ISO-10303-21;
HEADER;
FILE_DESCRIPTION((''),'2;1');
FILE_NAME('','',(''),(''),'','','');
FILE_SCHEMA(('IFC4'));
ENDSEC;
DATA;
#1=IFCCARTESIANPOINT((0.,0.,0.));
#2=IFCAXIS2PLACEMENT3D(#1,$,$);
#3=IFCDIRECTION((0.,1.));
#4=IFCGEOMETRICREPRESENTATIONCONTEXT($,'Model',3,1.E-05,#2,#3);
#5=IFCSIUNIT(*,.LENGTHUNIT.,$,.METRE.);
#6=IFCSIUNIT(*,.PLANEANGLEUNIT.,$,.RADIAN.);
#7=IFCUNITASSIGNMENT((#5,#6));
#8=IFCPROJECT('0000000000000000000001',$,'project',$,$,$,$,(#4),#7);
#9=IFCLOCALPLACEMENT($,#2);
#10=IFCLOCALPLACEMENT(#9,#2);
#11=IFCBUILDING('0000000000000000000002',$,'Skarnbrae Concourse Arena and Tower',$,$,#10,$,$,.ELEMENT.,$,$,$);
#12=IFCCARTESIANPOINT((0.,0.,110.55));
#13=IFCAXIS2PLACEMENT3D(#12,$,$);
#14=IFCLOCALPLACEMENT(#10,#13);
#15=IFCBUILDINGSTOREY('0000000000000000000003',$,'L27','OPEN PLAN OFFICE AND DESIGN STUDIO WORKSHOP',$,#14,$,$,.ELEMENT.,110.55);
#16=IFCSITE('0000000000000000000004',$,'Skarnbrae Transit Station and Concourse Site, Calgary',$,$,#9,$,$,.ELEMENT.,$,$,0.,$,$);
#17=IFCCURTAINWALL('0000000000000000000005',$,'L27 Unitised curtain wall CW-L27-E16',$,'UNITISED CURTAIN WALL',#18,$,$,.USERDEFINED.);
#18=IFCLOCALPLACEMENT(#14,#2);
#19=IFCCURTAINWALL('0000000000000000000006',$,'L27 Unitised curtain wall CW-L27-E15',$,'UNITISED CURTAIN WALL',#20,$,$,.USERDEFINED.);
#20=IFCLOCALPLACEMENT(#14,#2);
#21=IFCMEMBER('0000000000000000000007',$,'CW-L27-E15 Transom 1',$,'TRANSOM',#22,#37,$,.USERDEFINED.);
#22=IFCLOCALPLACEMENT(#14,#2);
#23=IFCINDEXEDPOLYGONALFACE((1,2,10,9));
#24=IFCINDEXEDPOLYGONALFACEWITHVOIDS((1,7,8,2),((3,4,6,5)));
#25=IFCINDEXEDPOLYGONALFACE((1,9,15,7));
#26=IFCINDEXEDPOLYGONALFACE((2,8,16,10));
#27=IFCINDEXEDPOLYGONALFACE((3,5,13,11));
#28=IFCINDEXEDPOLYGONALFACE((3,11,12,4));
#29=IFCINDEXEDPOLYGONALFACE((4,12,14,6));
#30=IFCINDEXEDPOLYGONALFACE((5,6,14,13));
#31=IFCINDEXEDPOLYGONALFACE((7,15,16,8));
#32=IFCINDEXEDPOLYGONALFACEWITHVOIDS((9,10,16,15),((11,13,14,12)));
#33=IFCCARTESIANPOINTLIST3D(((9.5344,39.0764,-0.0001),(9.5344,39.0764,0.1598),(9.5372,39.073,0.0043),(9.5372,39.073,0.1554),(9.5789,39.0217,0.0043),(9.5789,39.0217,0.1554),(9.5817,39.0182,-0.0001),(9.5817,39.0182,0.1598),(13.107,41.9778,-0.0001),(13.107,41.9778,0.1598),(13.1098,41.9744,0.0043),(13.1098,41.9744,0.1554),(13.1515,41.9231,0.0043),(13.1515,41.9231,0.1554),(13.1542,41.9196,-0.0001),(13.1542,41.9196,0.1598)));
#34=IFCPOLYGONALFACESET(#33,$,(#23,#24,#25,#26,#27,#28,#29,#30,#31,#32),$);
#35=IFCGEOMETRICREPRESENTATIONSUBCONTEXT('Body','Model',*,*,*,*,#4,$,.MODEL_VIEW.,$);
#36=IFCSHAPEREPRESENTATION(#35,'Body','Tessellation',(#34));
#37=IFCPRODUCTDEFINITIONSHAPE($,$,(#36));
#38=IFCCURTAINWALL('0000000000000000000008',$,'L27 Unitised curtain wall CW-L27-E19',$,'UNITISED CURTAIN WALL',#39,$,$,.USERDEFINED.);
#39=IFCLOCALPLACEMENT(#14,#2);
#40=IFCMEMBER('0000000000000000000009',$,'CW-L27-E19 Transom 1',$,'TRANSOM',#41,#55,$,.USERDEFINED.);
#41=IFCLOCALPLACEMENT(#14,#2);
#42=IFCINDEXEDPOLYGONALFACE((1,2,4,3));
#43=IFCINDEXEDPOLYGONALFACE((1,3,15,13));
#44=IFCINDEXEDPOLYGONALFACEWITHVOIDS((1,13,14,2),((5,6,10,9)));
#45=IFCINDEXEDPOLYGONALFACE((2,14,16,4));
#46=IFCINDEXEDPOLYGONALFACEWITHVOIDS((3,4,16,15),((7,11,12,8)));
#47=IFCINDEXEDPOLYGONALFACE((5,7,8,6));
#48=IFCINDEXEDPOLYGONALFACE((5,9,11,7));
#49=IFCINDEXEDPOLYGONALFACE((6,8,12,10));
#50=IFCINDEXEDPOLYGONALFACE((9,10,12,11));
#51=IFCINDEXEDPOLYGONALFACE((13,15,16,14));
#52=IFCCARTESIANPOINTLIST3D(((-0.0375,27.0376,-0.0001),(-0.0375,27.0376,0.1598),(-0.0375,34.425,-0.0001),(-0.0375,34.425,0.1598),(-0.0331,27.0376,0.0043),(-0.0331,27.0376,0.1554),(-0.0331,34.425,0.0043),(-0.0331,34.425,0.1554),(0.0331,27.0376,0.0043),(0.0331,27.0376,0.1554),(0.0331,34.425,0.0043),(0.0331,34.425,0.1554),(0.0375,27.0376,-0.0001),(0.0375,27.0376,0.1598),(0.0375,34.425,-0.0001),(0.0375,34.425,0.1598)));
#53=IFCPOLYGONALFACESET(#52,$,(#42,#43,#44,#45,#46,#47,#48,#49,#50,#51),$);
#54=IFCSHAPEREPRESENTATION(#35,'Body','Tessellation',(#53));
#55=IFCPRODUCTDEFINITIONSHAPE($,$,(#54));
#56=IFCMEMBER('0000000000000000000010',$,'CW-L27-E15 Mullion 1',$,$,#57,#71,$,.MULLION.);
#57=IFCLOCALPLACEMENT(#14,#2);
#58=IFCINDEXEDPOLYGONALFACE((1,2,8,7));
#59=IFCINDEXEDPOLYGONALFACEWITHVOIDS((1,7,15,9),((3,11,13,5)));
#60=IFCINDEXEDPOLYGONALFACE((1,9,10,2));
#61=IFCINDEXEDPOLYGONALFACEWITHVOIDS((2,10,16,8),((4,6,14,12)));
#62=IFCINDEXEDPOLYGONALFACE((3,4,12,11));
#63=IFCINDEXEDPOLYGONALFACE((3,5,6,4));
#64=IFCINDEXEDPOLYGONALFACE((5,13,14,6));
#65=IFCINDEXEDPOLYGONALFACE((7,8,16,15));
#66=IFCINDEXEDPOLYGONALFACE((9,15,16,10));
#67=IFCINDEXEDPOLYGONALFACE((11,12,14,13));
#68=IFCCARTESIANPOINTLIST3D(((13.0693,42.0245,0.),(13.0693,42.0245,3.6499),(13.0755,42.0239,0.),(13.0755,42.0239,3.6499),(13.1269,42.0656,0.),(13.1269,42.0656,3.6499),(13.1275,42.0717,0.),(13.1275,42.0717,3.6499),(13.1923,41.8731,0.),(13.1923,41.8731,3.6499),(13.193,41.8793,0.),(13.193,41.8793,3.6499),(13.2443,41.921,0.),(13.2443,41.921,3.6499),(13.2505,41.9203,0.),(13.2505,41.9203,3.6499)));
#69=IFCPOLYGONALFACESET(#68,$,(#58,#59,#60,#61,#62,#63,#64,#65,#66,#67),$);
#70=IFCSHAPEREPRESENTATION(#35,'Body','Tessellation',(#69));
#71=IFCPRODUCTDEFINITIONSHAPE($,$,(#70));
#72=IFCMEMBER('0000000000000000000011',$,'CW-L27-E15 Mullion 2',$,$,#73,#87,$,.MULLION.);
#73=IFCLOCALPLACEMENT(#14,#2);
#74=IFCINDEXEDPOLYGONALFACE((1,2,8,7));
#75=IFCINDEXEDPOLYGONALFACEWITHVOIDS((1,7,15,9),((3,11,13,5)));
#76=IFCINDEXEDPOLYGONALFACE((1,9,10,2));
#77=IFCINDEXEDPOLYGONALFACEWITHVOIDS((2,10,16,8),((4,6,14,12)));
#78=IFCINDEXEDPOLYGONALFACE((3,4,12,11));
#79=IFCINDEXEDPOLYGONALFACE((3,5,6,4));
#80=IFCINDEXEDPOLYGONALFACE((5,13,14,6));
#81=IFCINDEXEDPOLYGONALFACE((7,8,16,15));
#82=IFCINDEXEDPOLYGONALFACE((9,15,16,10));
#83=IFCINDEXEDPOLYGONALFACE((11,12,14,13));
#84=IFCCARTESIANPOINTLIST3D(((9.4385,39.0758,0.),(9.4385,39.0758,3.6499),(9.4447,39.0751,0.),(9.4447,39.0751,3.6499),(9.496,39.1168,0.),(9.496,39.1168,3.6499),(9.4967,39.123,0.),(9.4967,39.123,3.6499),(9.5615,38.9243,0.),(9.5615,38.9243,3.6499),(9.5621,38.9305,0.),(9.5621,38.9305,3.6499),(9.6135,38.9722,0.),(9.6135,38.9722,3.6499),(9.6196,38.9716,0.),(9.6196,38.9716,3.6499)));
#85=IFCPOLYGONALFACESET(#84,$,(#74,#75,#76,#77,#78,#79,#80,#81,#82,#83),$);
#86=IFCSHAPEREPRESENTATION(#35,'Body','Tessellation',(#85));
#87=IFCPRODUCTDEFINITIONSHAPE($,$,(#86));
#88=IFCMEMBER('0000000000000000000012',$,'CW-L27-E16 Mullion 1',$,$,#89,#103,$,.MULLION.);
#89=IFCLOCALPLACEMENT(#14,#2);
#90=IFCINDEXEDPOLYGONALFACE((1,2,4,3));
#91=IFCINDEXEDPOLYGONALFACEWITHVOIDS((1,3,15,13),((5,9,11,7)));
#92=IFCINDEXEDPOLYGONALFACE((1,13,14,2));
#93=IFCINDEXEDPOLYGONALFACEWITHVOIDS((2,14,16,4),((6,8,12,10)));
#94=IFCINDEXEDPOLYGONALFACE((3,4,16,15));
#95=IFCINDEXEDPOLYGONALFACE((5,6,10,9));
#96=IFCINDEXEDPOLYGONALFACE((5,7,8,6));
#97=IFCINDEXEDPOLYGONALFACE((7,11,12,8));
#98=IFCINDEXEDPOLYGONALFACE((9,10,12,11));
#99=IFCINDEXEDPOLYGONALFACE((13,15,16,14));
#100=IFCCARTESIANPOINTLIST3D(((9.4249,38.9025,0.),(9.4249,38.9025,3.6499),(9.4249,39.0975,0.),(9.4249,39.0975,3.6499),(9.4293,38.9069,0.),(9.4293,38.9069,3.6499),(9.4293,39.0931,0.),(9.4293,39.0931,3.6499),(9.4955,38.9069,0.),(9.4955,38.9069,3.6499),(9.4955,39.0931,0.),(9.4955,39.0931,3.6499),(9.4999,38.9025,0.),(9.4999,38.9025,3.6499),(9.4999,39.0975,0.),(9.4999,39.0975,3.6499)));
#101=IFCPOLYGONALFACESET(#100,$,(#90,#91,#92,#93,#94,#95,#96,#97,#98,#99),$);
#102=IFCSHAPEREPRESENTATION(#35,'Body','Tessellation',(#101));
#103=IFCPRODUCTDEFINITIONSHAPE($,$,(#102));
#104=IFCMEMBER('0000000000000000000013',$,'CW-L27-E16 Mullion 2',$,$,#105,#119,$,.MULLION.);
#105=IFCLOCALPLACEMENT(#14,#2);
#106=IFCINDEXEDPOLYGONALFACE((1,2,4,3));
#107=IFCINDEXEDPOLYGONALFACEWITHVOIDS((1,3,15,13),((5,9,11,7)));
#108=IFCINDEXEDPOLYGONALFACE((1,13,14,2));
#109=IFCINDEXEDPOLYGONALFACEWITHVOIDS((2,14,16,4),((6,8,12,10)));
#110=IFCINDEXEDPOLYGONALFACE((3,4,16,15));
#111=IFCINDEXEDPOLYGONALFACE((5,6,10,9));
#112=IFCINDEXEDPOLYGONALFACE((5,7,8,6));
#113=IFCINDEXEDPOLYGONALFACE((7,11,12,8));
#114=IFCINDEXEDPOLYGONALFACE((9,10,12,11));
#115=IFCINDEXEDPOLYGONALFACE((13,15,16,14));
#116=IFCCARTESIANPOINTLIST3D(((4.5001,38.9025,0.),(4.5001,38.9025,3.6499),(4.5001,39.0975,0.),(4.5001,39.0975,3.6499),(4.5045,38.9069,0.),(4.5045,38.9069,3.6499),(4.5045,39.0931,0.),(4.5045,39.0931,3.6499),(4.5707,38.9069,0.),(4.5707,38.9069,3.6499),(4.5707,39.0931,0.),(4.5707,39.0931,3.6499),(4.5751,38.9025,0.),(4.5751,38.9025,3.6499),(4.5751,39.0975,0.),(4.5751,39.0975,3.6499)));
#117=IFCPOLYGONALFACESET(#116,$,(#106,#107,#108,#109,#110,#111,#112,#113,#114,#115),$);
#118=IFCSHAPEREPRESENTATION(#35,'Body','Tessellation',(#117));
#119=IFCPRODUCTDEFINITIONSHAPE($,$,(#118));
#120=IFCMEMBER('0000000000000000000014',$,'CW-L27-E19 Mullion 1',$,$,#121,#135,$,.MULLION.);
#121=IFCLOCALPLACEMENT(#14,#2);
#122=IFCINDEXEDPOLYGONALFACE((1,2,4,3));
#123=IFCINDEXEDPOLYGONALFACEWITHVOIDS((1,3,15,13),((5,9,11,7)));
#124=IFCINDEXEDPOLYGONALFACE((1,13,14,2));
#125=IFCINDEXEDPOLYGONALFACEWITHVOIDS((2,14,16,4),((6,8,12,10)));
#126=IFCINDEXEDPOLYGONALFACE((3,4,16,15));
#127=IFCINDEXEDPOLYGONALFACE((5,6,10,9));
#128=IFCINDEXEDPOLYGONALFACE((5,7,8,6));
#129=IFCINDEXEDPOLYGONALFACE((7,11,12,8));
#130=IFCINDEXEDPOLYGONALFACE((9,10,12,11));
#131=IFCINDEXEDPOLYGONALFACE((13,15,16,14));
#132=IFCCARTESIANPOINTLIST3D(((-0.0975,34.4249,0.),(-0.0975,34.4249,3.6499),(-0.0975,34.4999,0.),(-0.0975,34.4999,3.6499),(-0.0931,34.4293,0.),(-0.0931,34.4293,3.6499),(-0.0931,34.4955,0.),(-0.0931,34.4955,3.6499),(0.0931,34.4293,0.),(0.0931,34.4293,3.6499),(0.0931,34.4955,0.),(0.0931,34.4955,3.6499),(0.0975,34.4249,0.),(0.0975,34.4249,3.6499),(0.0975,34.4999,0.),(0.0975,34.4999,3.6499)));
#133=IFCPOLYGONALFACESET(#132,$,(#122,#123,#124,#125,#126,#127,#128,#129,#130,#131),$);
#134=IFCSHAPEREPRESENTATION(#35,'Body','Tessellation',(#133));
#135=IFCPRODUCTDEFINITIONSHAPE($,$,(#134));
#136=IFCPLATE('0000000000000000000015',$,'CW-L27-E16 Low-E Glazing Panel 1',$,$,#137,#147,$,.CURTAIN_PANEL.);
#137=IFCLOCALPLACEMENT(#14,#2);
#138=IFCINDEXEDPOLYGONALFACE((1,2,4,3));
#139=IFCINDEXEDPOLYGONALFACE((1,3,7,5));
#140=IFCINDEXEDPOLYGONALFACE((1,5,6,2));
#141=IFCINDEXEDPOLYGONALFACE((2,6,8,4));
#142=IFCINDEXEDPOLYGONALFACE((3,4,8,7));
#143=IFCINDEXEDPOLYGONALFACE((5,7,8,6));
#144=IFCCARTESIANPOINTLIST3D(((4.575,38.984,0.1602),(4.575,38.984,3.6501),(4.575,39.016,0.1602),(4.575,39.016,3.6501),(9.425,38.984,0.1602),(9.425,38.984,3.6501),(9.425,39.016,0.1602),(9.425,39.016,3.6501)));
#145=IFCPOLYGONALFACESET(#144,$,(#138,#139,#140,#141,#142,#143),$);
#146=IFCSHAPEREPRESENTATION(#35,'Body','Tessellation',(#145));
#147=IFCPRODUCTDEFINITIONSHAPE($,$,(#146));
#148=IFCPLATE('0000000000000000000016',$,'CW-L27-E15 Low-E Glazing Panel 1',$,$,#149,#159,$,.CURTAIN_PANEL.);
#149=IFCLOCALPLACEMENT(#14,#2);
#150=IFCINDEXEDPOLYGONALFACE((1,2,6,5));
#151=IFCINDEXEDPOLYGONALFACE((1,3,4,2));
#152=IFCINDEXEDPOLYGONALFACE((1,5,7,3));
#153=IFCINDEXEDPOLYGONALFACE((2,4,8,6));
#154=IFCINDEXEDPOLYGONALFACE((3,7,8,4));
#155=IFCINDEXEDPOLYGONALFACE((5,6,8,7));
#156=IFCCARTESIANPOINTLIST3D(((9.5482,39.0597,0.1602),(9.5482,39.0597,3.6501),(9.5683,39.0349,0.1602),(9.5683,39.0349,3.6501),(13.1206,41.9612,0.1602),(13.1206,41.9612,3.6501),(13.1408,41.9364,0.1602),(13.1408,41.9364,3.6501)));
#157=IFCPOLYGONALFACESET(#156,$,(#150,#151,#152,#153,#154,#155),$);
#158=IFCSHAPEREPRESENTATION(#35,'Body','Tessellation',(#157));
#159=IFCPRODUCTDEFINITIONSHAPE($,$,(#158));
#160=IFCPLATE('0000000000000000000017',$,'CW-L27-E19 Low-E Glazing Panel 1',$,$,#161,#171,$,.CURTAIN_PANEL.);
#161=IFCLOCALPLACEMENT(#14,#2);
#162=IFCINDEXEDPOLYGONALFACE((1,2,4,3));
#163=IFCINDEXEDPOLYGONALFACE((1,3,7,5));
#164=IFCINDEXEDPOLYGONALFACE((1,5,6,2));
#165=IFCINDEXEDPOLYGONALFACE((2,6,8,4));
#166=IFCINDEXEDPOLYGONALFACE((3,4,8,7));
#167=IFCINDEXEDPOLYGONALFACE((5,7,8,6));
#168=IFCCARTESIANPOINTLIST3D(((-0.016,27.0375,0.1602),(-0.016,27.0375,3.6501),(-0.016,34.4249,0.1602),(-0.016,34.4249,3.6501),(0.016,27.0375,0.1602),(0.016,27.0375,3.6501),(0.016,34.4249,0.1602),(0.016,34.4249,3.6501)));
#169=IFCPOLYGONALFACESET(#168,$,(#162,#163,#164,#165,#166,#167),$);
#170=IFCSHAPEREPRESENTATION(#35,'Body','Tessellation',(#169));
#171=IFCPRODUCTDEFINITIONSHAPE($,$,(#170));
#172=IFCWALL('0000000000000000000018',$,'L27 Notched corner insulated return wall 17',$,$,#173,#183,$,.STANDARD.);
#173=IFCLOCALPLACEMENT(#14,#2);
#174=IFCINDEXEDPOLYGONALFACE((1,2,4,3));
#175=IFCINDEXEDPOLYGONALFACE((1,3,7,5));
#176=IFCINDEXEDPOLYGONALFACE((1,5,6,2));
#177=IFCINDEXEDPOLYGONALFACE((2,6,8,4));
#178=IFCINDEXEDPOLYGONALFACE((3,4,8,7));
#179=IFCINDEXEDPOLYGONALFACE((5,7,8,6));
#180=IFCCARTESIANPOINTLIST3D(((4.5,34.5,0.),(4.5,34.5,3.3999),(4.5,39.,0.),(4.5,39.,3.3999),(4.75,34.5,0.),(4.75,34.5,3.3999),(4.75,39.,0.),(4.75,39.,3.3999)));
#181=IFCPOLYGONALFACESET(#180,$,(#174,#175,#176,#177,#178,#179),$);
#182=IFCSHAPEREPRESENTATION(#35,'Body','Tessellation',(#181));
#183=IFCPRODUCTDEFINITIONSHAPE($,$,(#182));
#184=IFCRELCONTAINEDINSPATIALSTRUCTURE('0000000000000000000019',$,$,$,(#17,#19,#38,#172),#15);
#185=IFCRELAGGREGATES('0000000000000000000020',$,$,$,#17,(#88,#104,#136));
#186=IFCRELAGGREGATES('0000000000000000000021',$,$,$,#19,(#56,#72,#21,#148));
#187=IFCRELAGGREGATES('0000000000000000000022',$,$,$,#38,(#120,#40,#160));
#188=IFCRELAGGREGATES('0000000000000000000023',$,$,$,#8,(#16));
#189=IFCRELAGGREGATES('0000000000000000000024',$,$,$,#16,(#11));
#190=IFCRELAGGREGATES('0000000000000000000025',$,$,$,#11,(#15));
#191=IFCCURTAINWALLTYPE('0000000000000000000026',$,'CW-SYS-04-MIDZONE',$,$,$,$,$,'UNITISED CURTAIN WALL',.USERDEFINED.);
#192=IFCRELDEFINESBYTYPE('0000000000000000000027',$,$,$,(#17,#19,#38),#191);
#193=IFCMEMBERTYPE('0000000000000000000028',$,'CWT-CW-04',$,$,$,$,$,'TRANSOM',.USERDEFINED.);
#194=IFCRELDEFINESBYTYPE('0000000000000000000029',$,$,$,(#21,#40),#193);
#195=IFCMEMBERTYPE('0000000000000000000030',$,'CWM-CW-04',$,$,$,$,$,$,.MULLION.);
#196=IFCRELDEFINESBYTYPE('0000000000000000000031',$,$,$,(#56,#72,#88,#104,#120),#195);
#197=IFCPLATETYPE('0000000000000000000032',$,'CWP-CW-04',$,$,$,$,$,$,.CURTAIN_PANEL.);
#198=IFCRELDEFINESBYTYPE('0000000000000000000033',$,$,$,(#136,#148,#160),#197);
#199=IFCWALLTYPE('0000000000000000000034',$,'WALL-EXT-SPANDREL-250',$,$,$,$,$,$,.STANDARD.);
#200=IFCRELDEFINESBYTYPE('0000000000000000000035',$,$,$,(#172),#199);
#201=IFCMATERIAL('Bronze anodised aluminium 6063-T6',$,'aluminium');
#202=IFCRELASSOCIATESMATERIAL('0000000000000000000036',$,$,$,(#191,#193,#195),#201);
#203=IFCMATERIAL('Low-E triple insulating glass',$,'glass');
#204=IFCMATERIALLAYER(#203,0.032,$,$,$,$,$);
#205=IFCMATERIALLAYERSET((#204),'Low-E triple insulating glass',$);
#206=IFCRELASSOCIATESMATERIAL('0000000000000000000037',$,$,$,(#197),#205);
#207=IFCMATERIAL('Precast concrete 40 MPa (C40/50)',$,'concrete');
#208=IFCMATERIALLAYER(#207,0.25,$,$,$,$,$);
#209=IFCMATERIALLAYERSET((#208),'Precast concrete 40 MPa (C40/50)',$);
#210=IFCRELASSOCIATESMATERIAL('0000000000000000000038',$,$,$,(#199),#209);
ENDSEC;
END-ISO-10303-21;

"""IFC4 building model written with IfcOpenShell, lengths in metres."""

from ifc_helpers import new_model, si_unit, direction, frame, frame_2d, origin, origin_2d, place, context, subcontext, project, spatial, rectangle, hollow_rectangle, extrude, source, transform, mapped, material, layer, layer_set, material_profile, profile_set, type_object, element, aggregate, save


model = new_model("IFC4")

# Units and contexts
model_context = context("Model", 3, precision=1e-05, world=origin(), true_north=direction((0.0, 1.0)))
body_context = subcontext(model_context, "Body", "Model", "MODEL_VIEW")
ifc_project = project(units=[si_unit("LENGTHUNIT", "METRE"), si_unit("PLANEANGLEUNIT", "RADIAN")], contexts=[model_context])

# Site, building, storey
site_placement = place(None, origin())
site = spatial("IfcSite", under=ifc_project, at=site_placement, Name="Skarnbrae Transit Station and Concourse Site, Calgary", CompositionType="ELEMENT", RefElevation=0.0)
building_placement = place(site_placement, origin())
building = spatial("IfcBuilding", under=site, at=building_placement, Name="Skarnbrae Concourse Arena and Tower", CompositionType="ELEMENT")
storey_placement = place(building_placement, frame((0.0, 0.0, 110.55)))
storey = spatial("IfcBuildingStorey", under=building, at=storey_placement, Name="L27", Description="OPEN PLAN OFFICE AND DESIGN STUDIO WORKSHOP", CompositionType="ELEMENT", Elevation=110.55)

# Curtain walls, members
ifc_material_1 = material(Name="Bronze anodised aluminium 6063-T6", Category="aluminium")
curtain_wall_type_1 = type_object("IfcCurtainWallType", Name="CW-SYS-04-MIDZONE", ElementType="UNITISED CURTAIN WALL", PredefinedType="USERDEFINED", material=ifc_material_1)
curtain_wall_1_placement = place(storey_placement, origin())
curtain_wall_1 = element("IfcCurtainWall", 1, at=curtain_wall_1_placement, inside=storey, type_object=curtain_wall_type_1, Name="L27 Unitised curtain wall CW-L27-E16", ObjectType="UNITISED CURTAIN WALL", PredefinedType="USERDEFINED")
ifc_material_profile_1 = material_profile(ifc_material_1, hollow_rectangle(XDim=0.075, YDim=0.1599, WallThickness=0.0044, at=origin_2d()), Name="ALU-TRAN-75X160")
ifc_profile_set_1 = profile_set([ifc_material_profile_1], Name="Bronze anodised aluminium 6063-T6")
member_type_1 = type_object("IfcMemberType", Name="CWT-CW-04", ElementType="TRANSOM", PredefinedType="USERDEFINED", material=ifc_profile_set_1)
curtain_wall_2_placement = place(storey_placement, origin())
curtain_wall_2 = element("IfcCurtainWall", 2, at=curtain_wall_2_placement, inside=storey, type_object=curtain_wall_type_1, Name="L27 Unitised curtain wall CW-L27-E15", ObjectType="UNITISED CURTAIN WALL", PredefinedType="USERDEFINED")
shared_shape_1 = source(origin(), body_context, "Body", "SweptSolid", [
    extrude(hollow_rectangle(XDim=0.075, YDim=0.1599, WallThickness=0.0044, at=origin_2d()), origin(), (0.0, 0.0, 1.0), 4.6023),
])
member_1_placement = place(storey_placement, frame((13.1306, 41.9487, 0.0798), z_axis=(-0.776252, -0.630423, 0.0), x_axis=(0.630423, -0.776252, 0.0)))
member_1 = element("IfcMember", 3, at=member_1_placement, type_object=member_type_1, Name="CW-L27-E15 Transom 1", ObjectType="TRANSOM", PredefinedType="USERDEFINED", context=body_context, shape_type="MappedRepresentation", body=[
    mapped(shared_shape_1, transform((0.0, 0.0, 0.0))),
])
curtain_wall_3_placement = place(storey_placement, origin())
curtain_wall_3 = element("IfcCurtainWall", 4, at=curtain_wall_3_placement, inside=storey, type_object=curtain_wall_type_1, Name="L27 Unitised curtain wall CW-L27-E19", ObjectType="UNITISED CURTAIN WALL", PredefinedType="USERDEFINED")
shared_shape_2 = source(origin(), body_context, "Body", "SweptSolid", [
    extrude(hollow_rectangle(XDim=0.075, YDim=0.1599, WallThickness=0.0044, at=origin_2d()), origin(), (0.0, 0.0, 1.0), 7.3875),
])
member_2_placement = place(storey_placement, frame((0.0, 34.425, 0.0798), z_axis=(0.0, -1.0, 0.0), x_axis=(1.0, 0.0, 0.0)))
member_2 = element("IfcMember", 5, at=member_2_placement, type_object=member_type_1, Name="CW-L27-E19 Transom 1", ObjectType="TRANSOM", PredefinedType="USERDEFINED", context=body_context, shape_type="MappedRepresentation", body=[
    mapped(shared_shape_2, transform((0.0, 0.0, 0.0))),
])

# Members
ifc_material_profile_2 = material_profile(ifc_material_1, hollow_rectangle(XDim=0.075, YDim=0.1951, WallThickness=0.0044, at=origin_2d()), Name="ALU-MULL-75X195")
ifc_profile_set_2 = profile_set([ifc_material_profile_2], Name="Bronze anodised aluminium 6063-T6")
member_type_2 = type_object("IfcMemberType", Name="CWM-CW-04", PredefinedType="MULLION", material=ifc_profile_set_2)
shared_shape_3 = source(origin(), body_context, "Body", "SweptSolid", [
    extrude(hollow_rectangle(XDim=0.075, YDim=0.1951, WallThickness=0.0044, at=origin_2d()), origin(), (0.0, 0.0, 1.0), 3.6499),
])
member_3_placement = place(storey_placement, frame((13.1599, 41.9724, 0.0), z_axis=(0.0, 0.0, 1.0), x_axis=(-0.776241, -0.630436, 0.0)))
member_3 = element("IfcMember", 6, at=member_3_placement, type_object=member_type_2, Name="CW-L27-E15 Mullion 1", PredefinedType="MULLION", context=body_context, shape_type="MappedRepresentation", body=[
    mapped(shared_shape_3, transform((0.0, 0.0, 0.0))),
])
member_4_placement = place(storey_placement, frame((9.5291, 39.0237, 0.0), z_axis=(0.0, 0.0, 1.0), x_axis=(-0.776241, -0.630436, 0.0)))
member_4 = element("IfcMember", 7, at=member_4_placement, type_object=member_type_2, Name="CW-L27-E15 Mullion 2", PredefinedType="MULLION", context=body_context, shape_type="MappedRepresentation", body=[
    mapped(shared_shape_3, transform((0.0, 0.0, 0.0))),
])
member_5_placement = place(storey_placement, frame((9.4624, 39.0, 0.0), z_axis=(0.0, 0.0, 1.0), x_axis=(-1.0, 0.0, 0.0)))
member_5 = element("IfcMember", 8, at=member_5_placement, type_object=member_type_2, Name="CW-L27-E16 Mullion 1", PredefinedType="MULLION", context=body_context, shape_type="MappedRepresentation", body=[
    mapped(shared_shape_3, transform((0.0, 0.0, 0.0))),
])
member_6_placement = place(storey_placement, frame((4.5376, 39.0, 0.0), z_axis=(0.0, 0.0, 1.0), x_axis=(-1.0, 0.0, 0.0)))
member_6 = element("IfcMember", 9, at=member_6_placement, type_object=member_type_2, Name="CW-L27-E16 Mullion 2", PredefinedType="MULLION", context=body_context, shape_type="MappedRepresentation", body=[
    mapped(shared_shape_3, transform((0.0, 0.0, 0.0))),
])
member_7_placement = place(storey_placement, frame((0.0, 34.4624, 0.0), z_axis=(0.0, 0.0, 1.0), x_axis=(0.0, -1.0, 0.0)))
member_7 = element("IfcMember", 10, at=member_7_placement, type_object=member_type_2, Name="CW-L27-E19 Mullion 1", PredefinedType="MULLION", context=body_context, shape_type="MappedRepresentation", body=[
    mapped(shared_shape_3, transform((0.0, 0.0, 0.0))),
])

# Plates
ifc_material_2 = material(Name="Low-E triple insulating glass", Category="glass")
ifc_layer_1 = layer(ifc_material_2, 0.032)
ifc_layer_set_1 = layer_set([ifc_layer_1], Name="Low-E triple insulating glass")
plate_type = type_object("IfcPlateType", Name="CWP-CW-04", PredefinedType="CURTAIN_PANEL", material=ifc_layer_set_1)
shared_shape_4 = source(origin(), body_context, "Body", "SweptSolid", [
    extrude(rectangle(XDim=4.8501, YDim=0.032, at=origin_2d()), origin(), (0.0, 0.0, 1.0), 3.49),
])
plate_1_placement = place(storey_placement, frame((7.0, 39.0, 0.1602), z_axis=(0.0, 0.0, 1.0), x_axis=(-1.0, 0.0, 0.0)))
plate_1 = element("IfcPlate", 11, at=plate_1_placement, type_object=plate_type, Name="CW-L27-E16 Low-E Glazing Panel 1", PredefinedType="CURTAIN_PANEL", context=body_context, shape_type="MappedRepresentation", body=[
    mapped(shared_shape_4, transform((0.0, 0.0, 0.0))),
])
aggregate(curtain_wall_1, [member_5, member_6, plate_1])
shared_shape_5 = source(origin(), body_context, "Body", "SweptSolid", [
    extrude(rectangle(XDim=4.6023, YDim=0.032, at=origin_2d()), origin(), (0.0, 0.0, 1.0), 3.49),
])
plate_2_placement = place(storey_placement, frame((11.3445, 40.498, 0.1602), z_axis=(0.0, 0.0, 1.0), x_axis=(-0.776241, -0.630436, 0.0)))
plate_2 = element("IfcPlate", 12, at=plate_2_placement, type_object=plate_type, Name="CW-L27-E15 Low-E Glazing Panel 1", PredefinedType="CURTAIN_PANEL", context=body_context, shape_type="MappedRepresentation", body=[
    mapped(shared_shape_5, transform((0.0, 0.0, 0.0))),
])
aggregate(curtain_wall_2, [member_3, member_4, member_1, plate_2])
shared_shape_6 = source(origin(), body_context, "Body", "SweptSolid", [
    extrude(rectangle(XDim=7.3875, YDim=0.032, at=origin_2d()), origin(), (0.0, 0.0, 1.0), 3.49),
])
plate_3_placement = place(storey_placement, frame((0.0, 30.7312, 0.1602), z_axis=(0.0, 0.0, 1.0), x_axis=(0.0, -1.0, 0.0)))
plate_3 = element("IfcPlate", 13, at=plate_3_placement, type_object=plate_type, Name="CW-L27-E19 Low-E Glazing Panel 1", PredefinedType="CURTAIN_PANEL", context=body_context, shape_type="MappedRepresentation", body=[
    mapped(shared_shape_6, transform((0.0, 0.0, 0.0))),
])
aggregate(curtain_wall_3, [member_7, member_2, plate_3])

# Wall
ifc_material_3 = material(Name="Precast concrete 40 MPa (C40/50)", Category="concrete")
ifc_layer_2 = layer(ifc_material_3, 0.25)
ifc_layer_set_2 = layer_set([ifc_layer_2], Name="Precast concrete 40 MPa (C40/50)")
wall_type = type_object("IfcWallType", Name="WALL-EXT-SPANDREL-250", PredefinedType="STANDARD", material=ifc_layer_set_2)
shared_shape_7 = source(origin(), body_context, "Body", "SweptSolid", [
    extrude(rectangle(XDim=4.5, YDim=0.25, at=frame_2d((2.25, 0.0))), origin(), (0.0, 0.0, 1.0), 3.3999),
])
for number, where, z_axis, x_axis, name in (
    (14, (4.625, 39.0, 0.0), (0.0, 0.0, 1.0), (0.0, -1.0, 0.0), "L27 Notched corner insulated return wall 17"),
):
    element("IfcWall", number, at=place(storey_placement, frame(where, z_axis=z_axis, x_axis=x_axis)), inside=storey, type_object=wall_type, Name=name, PredefinedType="STANDARD", context=body_context, shape_type="MappedRepresentation", body=[
        mapped(shared_shape_7, transform((0.0, 0.0, 0.0))),
    ])

save(model, "model.ifc")
